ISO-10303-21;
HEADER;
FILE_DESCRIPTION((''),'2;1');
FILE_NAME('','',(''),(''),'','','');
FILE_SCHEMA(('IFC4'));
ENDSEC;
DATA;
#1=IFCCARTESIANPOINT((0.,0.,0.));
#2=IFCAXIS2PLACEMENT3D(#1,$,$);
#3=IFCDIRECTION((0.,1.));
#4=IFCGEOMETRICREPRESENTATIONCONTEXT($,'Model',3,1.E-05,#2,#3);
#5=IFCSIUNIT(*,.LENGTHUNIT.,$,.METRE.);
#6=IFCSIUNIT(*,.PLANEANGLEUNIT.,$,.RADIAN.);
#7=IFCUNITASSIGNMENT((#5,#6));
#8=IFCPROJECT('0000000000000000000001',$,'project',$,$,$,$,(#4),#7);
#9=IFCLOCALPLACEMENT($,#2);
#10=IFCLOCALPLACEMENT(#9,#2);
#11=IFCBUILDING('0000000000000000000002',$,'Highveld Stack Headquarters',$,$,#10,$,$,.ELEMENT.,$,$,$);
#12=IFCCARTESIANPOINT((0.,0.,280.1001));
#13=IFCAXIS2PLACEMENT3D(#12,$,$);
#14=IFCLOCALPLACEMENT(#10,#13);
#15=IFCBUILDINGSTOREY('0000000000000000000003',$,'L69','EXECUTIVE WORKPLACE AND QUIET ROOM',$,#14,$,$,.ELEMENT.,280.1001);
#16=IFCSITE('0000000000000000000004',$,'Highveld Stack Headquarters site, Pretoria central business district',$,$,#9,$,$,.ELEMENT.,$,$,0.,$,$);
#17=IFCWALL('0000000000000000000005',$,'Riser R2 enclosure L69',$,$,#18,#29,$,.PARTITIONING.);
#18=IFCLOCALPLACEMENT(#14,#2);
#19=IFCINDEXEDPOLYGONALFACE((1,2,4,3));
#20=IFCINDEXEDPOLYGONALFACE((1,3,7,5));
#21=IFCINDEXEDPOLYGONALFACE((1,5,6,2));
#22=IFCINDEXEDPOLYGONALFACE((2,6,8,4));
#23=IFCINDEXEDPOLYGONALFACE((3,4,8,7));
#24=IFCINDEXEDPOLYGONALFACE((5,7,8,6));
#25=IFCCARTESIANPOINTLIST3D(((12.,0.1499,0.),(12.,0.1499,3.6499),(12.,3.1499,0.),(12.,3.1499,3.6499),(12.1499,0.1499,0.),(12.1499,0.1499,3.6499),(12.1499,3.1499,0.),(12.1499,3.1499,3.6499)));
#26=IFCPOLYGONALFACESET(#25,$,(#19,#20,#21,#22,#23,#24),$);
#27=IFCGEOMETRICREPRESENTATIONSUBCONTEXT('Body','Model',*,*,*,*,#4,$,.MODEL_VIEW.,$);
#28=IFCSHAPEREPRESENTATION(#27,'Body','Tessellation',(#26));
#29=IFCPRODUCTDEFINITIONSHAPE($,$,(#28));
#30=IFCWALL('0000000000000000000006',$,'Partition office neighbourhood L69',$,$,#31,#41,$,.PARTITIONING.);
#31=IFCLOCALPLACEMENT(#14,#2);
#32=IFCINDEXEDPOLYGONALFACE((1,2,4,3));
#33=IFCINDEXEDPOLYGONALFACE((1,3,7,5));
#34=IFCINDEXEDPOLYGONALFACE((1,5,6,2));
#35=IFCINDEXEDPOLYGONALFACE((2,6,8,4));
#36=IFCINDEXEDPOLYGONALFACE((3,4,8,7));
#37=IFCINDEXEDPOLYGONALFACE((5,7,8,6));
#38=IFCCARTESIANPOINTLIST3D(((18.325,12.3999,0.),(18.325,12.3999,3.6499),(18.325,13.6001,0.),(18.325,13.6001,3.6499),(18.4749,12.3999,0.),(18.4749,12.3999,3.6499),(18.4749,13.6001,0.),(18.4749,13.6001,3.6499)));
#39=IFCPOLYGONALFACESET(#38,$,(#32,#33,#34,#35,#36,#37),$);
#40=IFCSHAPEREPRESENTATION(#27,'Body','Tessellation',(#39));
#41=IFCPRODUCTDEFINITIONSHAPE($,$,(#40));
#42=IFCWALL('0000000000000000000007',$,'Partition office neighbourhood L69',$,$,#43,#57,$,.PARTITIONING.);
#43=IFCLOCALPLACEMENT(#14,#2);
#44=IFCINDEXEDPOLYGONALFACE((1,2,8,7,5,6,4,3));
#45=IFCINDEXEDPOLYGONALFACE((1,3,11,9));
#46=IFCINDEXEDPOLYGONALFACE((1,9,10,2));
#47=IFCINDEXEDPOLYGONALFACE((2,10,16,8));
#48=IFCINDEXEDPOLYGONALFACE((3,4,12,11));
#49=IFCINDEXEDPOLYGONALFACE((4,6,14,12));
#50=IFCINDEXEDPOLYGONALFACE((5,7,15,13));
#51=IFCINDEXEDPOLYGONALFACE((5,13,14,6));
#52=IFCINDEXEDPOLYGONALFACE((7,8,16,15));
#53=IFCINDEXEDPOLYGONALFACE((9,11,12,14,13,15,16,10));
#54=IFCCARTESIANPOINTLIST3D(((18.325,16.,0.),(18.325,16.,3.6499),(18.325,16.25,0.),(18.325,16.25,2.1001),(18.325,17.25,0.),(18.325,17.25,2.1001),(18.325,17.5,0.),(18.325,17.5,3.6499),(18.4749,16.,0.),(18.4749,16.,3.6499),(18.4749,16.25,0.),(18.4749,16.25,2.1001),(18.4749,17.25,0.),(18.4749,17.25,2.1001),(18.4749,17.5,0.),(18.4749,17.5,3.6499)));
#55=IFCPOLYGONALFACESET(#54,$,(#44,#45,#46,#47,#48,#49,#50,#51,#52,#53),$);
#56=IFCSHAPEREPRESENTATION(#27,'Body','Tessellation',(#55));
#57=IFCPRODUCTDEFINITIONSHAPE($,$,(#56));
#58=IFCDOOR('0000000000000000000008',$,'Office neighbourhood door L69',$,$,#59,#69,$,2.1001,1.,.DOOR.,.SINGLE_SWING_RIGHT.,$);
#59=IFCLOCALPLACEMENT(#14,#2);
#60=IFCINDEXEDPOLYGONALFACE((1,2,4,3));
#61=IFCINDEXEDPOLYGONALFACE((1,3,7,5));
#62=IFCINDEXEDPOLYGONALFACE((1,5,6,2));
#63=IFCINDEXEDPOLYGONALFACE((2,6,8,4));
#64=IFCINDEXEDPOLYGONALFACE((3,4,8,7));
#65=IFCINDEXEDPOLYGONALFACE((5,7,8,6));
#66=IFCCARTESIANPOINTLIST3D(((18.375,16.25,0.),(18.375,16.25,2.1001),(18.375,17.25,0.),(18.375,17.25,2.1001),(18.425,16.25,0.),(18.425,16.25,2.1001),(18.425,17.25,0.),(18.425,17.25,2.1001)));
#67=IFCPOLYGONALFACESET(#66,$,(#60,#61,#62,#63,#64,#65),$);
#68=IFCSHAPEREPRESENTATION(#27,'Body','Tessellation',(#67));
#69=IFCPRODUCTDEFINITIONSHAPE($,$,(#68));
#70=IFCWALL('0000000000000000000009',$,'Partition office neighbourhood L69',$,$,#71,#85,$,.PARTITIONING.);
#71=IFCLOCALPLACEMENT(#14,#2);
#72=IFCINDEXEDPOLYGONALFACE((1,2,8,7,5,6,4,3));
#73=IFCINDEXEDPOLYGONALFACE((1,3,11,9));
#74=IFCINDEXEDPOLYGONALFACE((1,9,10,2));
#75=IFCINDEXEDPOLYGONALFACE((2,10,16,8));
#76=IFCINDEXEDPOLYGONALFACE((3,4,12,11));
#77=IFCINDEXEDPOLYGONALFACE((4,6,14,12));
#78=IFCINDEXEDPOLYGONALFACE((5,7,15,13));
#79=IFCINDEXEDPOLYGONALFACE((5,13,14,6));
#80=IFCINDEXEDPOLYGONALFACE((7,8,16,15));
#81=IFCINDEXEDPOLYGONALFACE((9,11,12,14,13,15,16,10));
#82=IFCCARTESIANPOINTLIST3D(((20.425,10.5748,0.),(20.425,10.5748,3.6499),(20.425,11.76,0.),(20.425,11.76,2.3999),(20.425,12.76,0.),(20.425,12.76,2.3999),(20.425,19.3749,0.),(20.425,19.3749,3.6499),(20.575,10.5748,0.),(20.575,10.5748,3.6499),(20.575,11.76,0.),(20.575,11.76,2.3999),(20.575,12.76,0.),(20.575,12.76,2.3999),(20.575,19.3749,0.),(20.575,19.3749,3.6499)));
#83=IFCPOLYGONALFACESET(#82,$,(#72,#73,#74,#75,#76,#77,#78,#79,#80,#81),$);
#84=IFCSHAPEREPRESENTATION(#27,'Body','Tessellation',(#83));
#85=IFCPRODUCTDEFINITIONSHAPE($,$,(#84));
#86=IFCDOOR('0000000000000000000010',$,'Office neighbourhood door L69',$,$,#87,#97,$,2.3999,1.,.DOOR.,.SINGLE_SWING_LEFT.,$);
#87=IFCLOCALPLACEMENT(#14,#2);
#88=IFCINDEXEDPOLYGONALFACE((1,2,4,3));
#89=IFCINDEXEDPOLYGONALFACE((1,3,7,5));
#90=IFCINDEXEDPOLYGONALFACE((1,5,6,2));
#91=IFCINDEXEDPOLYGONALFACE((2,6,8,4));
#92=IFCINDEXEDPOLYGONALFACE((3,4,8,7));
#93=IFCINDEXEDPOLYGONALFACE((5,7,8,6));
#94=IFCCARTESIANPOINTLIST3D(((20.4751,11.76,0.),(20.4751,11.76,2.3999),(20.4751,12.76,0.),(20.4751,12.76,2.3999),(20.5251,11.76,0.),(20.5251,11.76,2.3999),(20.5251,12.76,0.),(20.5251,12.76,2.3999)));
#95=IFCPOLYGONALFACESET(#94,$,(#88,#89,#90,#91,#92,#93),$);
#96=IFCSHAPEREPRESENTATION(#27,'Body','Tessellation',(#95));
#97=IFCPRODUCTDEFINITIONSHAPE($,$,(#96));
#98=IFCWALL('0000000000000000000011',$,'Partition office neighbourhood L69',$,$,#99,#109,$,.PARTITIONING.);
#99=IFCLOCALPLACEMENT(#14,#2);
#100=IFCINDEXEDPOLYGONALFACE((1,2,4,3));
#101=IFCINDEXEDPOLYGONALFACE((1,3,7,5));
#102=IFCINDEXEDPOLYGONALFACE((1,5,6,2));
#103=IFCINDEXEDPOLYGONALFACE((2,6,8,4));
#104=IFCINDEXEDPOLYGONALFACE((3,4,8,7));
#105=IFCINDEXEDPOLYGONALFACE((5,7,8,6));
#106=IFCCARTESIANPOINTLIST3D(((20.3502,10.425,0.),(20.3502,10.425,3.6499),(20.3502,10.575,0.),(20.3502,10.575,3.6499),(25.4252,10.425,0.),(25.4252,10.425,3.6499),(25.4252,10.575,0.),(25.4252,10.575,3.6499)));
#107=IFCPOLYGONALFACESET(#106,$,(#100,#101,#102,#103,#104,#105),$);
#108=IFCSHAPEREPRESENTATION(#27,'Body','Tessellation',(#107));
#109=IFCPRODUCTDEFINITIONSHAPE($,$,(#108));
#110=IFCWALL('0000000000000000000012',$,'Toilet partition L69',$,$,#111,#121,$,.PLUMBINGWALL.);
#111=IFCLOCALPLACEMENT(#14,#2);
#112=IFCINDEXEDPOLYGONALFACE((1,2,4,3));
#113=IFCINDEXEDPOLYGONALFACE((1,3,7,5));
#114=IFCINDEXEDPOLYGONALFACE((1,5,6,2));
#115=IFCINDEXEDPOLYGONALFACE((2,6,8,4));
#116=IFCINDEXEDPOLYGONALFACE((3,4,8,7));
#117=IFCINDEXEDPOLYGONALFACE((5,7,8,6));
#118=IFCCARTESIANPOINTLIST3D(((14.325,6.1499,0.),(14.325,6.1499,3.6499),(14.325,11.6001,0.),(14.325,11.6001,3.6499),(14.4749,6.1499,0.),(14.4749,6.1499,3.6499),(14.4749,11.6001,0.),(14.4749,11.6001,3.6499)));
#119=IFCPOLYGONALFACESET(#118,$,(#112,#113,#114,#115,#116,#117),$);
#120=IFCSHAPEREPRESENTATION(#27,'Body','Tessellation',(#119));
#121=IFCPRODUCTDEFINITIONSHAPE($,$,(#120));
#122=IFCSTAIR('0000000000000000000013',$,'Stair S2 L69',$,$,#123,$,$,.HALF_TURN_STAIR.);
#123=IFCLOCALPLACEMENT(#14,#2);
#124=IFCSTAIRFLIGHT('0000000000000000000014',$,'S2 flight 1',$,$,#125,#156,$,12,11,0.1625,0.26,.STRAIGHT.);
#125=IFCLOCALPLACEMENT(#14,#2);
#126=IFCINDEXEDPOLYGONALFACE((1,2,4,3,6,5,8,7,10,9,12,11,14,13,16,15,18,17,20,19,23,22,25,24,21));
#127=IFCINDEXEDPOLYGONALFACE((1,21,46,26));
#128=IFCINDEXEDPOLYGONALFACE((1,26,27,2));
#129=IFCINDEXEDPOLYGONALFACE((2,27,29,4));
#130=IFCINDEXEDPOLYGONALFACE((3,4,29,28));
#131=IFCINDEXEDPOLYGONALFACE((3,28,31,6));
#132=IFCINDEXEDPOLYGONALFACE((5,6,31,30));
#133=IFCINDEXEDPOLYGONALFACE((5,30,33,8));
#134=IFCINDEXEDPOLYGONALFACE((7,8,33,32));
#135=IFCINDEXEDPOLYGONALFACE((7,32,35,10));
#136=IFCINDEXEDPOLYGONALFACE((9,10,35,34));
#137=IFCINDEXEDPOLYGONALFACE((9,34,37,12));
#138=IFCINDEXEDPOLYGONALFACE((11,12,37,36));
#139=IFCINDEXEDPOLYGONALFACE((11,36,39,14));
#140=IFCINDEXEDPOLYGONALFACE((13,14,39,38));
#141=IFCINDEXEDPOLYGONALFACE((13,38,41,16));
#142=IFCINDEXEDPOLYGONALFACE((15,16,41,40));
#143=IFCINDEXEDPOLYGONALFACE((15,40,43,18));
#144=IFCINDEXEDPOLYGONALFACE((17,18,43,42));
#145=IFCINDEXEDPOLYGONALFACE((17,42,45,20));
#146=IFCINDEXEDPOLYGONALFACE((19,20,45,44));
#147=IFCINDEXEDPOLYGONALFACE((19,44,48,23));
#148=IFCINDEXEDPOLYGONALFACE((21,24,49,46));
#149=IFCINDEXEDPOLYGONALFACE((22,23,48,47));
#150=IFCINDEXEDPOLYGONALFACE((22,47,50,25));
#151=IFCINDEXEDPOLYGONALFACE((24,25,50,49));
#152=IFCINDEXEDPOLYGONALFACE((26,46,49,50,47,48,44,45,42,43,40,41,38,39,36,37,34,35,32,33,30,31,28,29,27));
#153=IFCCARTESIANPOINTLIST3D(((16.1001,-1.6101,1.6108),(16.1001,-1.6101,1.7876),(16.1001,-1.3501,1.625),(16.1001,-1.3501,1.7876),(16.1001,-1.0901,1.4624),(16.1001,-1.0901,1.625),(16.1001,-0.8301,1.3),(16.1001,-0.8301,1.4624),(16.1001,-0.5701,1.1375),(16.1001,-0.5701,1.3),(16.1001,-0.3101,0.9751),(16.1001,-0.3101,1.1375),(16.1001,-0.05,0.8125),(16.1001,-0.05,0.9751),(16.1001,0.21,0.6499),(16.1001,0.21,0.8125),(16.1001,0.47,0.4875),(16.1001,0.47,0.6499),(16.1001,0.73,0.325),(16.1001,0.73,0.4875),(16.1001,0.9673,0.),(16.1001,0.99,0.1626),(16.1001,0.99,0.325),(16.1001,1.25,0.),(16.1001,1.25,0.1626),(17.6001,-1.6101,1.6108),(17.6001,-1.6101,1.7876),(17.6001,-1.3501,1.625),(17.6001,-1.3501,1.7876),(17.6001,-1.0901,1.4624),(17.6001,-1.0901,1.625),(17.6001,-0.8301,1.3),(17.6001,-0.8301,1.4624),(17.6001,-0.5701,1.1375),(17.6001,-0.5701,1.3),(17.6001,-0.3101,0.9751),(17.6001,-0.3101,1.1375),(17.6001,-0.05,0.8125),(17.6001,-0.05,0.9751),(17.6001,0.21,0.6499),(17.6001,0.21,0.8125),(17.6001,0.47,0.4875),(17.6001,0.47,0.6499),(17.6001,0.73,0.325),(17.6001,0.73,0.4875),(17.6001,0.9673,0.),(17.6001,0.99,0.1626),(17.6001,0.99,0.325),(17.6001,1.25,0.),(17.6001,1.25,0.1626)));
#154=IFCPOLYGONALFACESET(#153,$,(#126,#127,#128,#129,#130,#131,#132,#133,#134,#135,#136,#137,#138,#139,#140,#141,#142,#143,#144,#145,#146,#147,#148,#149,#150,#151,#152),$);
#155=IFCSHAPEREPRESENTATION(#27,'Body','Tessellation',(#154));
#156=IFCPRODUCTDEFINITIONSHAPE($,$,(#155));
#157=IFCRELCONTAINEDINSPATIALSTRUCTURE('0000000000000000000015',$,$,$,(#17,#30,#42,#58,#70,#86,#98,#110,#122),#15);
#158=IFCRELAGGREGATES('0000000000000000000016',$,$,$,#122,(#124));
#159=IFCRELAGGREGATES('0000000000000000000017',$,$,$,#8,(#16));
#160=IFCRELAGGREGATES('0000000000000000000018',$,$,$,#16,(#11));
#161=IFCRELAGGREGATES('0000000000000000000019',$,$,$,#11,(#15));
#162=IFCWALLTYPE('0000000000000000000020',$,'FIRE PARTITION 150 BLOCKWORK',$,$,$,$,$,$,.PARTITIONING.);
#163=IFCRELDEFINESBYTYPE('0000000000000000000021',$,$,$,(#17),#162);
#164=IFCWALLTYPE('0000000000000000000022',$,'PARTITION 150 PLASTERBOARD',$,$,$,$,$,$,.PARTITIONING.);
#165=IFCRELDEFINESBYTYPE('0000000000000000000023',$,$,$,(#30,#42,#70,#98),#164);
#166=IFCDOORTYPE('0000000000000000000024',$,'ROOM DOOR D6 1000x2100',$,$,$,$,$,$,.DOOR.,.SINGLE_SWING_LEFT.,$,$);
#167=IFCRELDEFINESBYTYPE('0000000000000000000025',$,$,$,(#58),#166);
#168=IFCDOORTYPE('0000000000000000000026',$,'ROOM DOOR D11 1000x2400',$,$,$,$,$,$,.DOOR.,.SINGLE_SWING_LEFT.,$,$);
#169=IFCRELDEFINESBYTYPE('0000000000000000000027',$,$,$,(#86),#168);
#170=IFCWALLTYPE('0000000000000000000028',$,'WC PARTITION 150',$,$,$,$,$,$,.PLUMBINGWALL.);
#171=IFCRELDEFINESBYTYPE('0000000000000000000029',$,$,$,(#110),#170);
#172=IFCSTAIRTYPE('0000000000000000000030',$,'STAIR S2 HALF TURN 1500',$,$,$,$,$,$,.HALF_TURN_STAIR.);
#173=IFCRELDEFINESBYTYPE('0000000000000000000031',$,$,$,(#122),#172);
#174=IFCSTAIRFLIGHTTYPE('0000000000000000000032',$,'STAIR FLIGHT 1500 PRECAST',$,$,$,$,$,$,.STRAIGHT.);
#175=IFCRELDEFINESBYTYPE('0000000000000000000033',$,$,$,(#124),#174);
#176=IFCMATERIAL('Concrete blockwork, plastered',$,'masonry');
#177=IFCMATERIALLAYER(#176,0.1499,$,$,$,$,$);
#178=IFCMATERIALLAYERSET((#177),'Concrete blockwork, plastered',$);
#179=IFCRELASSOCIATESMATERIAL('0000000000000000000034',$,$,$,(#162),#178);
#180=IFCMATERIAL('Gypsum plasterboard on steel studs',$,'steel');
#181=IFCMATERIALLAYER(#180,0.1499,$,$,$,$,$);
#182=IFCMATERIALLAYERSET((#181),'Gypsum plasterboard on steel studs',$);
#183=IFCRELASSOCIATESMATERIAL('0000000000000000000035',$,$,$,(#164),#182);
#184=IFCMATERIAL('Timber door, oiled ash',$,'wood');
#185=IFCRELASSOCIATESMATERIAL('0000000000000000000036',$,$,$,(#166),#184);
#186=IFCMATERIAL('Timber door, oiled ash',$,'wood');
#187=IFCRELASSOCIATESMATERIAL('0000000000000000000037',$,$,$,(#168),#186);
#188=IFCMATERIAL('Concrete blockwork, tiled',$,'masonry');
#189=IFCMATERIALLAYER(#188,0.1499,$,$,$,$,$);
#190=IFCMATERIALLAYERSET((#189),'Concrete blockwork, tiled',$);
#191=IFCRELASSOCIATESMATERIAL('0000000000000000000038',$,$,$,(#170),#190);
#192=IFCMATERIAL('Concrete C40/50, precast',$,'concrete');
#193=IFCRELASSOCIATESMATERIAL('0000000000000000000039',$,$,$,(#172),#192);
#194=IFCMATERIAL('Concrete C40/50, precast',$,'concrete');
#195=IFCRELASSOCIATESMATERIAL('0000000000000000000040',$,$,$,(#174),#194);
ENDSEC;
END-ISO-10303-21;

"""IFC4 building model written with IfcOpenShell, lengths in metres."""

from ifc_helpers import new_model, si_unit, direction, frame, frame_2d, origin, place, context, subcontext, project, spatial, polyline, rectangle, outline, extrude, material, layer, layer_set, type_object, element, fill, aggregate, save


model = new_model("IFC4")

# Units and contexts
model_context = context("Model", 3, precision=1e-05, world=origin(), true_north=direction((0.0, 1.0)))
body_context = subcontext(model_context, "Body", "Model", "MODEL_VIEW")
ifc_project = project(units=[si_unit("LENGTHUNIT", "METRE"), si_unit("PLANEANGLEUNIT", "RADIAN")], contexts=[model_context])

# Site, building, storey
site_placement = place(None, origin())
site = spatial("IfcSite", under=ifc_project, at=site_placement, Name="Highveld Stack Headquarters site, Pretoria central business district", CompositionType="ELEMENT", RefElevation=0.0)
building_placement = place(site_placement, origin())
building = spatial("IfcBuilding", under=site, at=building_placement, Name="Highveld Stack Headquarters", CompositionType="ELEMENT")
storey_placement = place(building_placement, frame((0.0, 0.0, 280.1001)))
storey = spatial("IfcBuildingStorey", under=building, at=storey_placement, Name="L69", Description="EXECUTIVE WORKPLACE AND QUIET ROOM", CompositionType="ELEMENT", Elevation=280.1001)

# Walls
ifc_material_1 = material(Name="Concrete blockwork, plastered", Category="masonry")
ifc_layer_1 = layer(ifc_material_1, 0.1499)
ifc_layer_set_1 = layer_set([ifc_layer_1], Name="Concrete blockwork, plastered")
wall_type_1 = type_object("IfcWallType", Name="FIRE PARTITION 150 BLOCKWORK", PredefinedType="PARTITIONING", material=ifc_layer_set_1)
wall_1_placement = place(storey_placement, frame((12.075, 0.1499, 0.0), z_axis=(0.0, 0.0, 1.0), x_axis=(0.0, 1.0, 0.0)))
element("IfcWall", 1, at=wall_1_placement, inside=storey, type_object=wall_type_1, Name="Riser R2 enclosure L69", PredefinedType="PARTITIONING", context=body_context, shape_type="SweptSolid", body=[
    extrude(rectangle(XDim=3.0, YDim=0.1499, at=frame_2d((1.5, 0.0))), origin(), (0.0, 0.0, 1.0), 3.6499),
])
ifc_material_2 = material(Name="Gypsum plasterboard on steel studs", Category="steel")
ifc_layer_2 = layer(ifc_material_2, 0.1499)
ifc_layer_set_2 = layer_set([ifc_layer_2], Name="Gypsum plasterboard on steel studs")
wall_type_2 = type_object("IfcWallType", Name="PARTITION 150 PLASTERBOARD", PredefinedType="PARTITIONING", material=ifc_layer_set_2)
wall_2_placement = place(storey_placement, frame((18.3999, 12.3999, 0.0), z_axis=(0.0, 0.0, 1.0), x_axis=(0.0, 1.0, 0.0)))
element("IfcWall", 2, at=wall_2_placement, inside=storey, type_object=wall_type_2, Name="Partition office neighbourhood L69", PredefinedType="PARTITIONING", context=body_context, shape_type="SweptSolid", body=[
    extrude(rectangle(XDim=1.2002, YDim=0.1499, at=frame_2d((0.6001, 0.0))), origin(), (0.0, 0.0, 1.0), 3.6499),
])

# Walls, openings, doors
wall_3_placement = place(storey_placement, frame((18.3999, 16.0, 0.0), z_axis=(0.0, 0.0, 1.0), x_axis=(0.0, 1.0, 0.0)))
wall_3 = element("IfcWall", 3, at=wall_3_placement, inside=storey, type_object=wall_type_2, Name="Partition office neighbourhood L69", PredefinedType="PARTITIONING", context=body_context, shape_type="SweptSolid", body=[
    extrude(rectangle(XDim=1.5, YDim=0.1499, at=frame_2d((0.75, 0.0))), origin(), (0.0, 0.0, 1.0), 3.6499),
])
opening_1_placement = place(wall_3_placement, frame((0.25, 0.0, 0.0)))
opening_1 = element("IfcOpeningElement", 4, at=opening_1_placement, cuts=wall_3, PredefinedType="OPENING", context=body_context, shape_type="SweptSolid", body=[
    extrude(rectangle(XDim=1.0, YDim=2.1001, at=frame_2d((0.5, 1.05))), frame((0.0, 0.085, 0.0), z_axis=(0.0, -1.0, 0.0), x_axis=(1.0, 0.0, 0.0)), (0.0, 0.0, 1.0), 0.1699),
])
ifc_material_3 = material(Name="Timber door, oiled ash", Category="wood")
door_type_1 = type_object("IfcDoorType", Name="ROOM DOOR D6 1000x2100", OperationType="SINGLE_SWING_LEFT", PredefinedType="DOOR", material=ifc_material_3)
door_1_placement = place(opening_1_placement, origin())
door_1 = element("IfcDoor", 5, at=door_1_placement, inside=storey, type_object=door_type_1, Name="Office neighbourhood door L69", OperationType="SINGLE_SWING_RIGHT", OverallHeight=2.1001, OverallWidth=1.0, PredefinedType="DOOR", context=body_context, shape_type="SweptSolid", body=[
    extrude(rectangle(XDim=1.0, YDim=2.1001, at=frame_2d((0.5, 1.05))), frame((0.0, 0.0249, 0.0), z_axis=(0.0, -1.0, 0.0), x_axis=(1.0, 0.0, 0.0)), (0.0, 0.0, 1.0), 0.05),
])
fill(opening_1, door_1)
wall_4_placement = place(storey_placement, frame((20.5, 10.575, 0.0), z_axis=(0.0, 0.0, 1.0), x_axis=(0.0, 1.0, 0.0)))
wall_4 = element("IfcWall", 6, at=wall_4_placement, inside=storey, type_object=wall_type_2, Name="Partition office neighbourhood L69", PredefinedType="PARTITIONING", context=body_context, shape_type="SweptSolid", body=[
    extrude(rectangle(XDim=8.8, YDim=0.1499, at=frame_2d((4.3999, 0.0))), origin(), (0.0, 0.0, 1.0), 3.6499),
])
opening_2_placement = place(wall_4_placement, frame((1.1851, 0.0, 0.0)))
opening_2 = element("IfcOpeningElement", 7, at=opening_2_placement, cuts=wall_4, PredefinedType="OPENING", context=body_context, shape_type="SweptSolid", body=[
    extrude(rectangle(XDim=1.0, YDim=2.3999, at=frame_2d((0.5, 1.2))), frame((0.0, 0.085, 0.0), z_axis=(0.0, -1.0, 0.0), x_axis=(1.0, 0.0, 0.0)), (0.0, 0.0, 1.0), 0.1699),
])
ifc_material_4 = material(Name="Timber door, oiled ash", Category="wood")
door_type_2 = type_object("IfcDoorType", Name="ROOM DOOR D11 1000x2400", OperationType="SINGLE_SWING_LEFT", PredefinedType="DOOR", material=ifc_material_4)
door_2_placement = place(opening_2_placement, origin())
door_2 = element("IfcDoor", 8, at=door_2_placement, inside=storey, type_object=door_type_2, Name="Office neighbourhood door L69", OperationType="SINGLE_SWING_LEFT", OverallHeight=2.3999, OverallWidth=1.0, PredefinedType="DOOR", context=body_context, shape_type="SweptSolid", body=[
    extrude(rectangle(XDim=1.0, YDim=2.3999, at=frame_2d((0.5, 1.2))), frame((0.0, 0.0249, 0.0), z_axis=(0.0, -1.0, 0.0), x_axis=(1.0, 0.0, 0.0)), (0.0, 0.0, 1.0), 0.05),
])
fill(opening_2, door_2)

# Walls
wall_5_placement = place(storey_placement, frame((20.3501, 10.5, 0.0), z_axis=(0.0, 0.0, 1.0), x_axis=(1.0, 0.0, 0.0)))
element("IfcWall", 9, at=wall_5_placement, inside=storey, type_object=wall_type_2, Name="Partition office neighbourhood L69", PredefinedType="PARTITIONING", context=body_context, shape_type="SweptSolid", body=[
    extrude(rectangle(XDim=5.075, YDim=0.1499, at=frame_2d((2.5376, 0.0))), origin(), (0.0, 0.0, 1.0), 3.6499),
])
ifc_material_5 = material(Name="Concrete blockwork, tiled", Category="masonry")
ifc_layer_3 = layer(ifc_material_5, 0.1499)
ifc_layer_set_3 = layer_set([ifc_layer_3], Name="Concrete blockwork, tiled")
wall_type_3 = type_object("IfcWallType", Name="WC PARTITION 150", PredefinedType="PLUMBINGWALL", material=ifc_layer_set_3)
wall_6_placement = place(storey_placement, frame((14.3999, 6.1499, 0.0), z_axis=(0.0, 0.0, 1.0), x_axis=(0.0, 1.0, 0.0)))
element("IfcWall", 10, at=wall_6_placement, inside=storey, type_object=wall_type_3, Name="Toilet partition L69", PredefinedType="PLUMBINGWALL", context=body_context, shape_type="SweptSolid", body=[
    extrude(rectangle(XDim=5.4502, YDim=0.1499, at=frame_2d((2.7251, 0.0))), origin(), (0.0, 0.0, 1.0), 3.6499),
])

# Stair, stair flight
ifc_material_6 = material(Name="Concrete C40/50, precast", Category="concrete")
stair_type = type_object("IfcStairType", Name="STAIR S2 HALF TURN 1500", PredefinedType="HALF_TURN_STAIR", material=ifc_material_6)
stair_placement = place(storey_placement, origin())
stair = element("IfcStair", 11, at=stair_placement, inside=storey, type_object=stair_type, Name="Stair S2 L69", PredefinedType="HALF_TURN_STAIR")
ifc_material_7 = material(Name="Concrete C40/50, precast", Category="concrete")
stair_flight_type = type_object("IfcStairFlightType", Name="STAIR FLIGHT 1500 PRECAST", PredefinedType="STRAIGHT", material=ifc_material_7)
stair_flight_placement = place(storey_placement, frame((16.8501, 1.25, 0.0), z_axis=(0.0, 0.0, 1.0), x_axis=(0.0, -1.0, 0.0)))
stair_flight = element("IfcStairFlight", 12, at=stair_flight_placement, type_object=stair_flight_type, Name="S2 flight 1", NumberOfRisers=12, NumberOfTreads=11, PredefinedType="STRAIGHT", RiserHeight=0.1625, TreadLength=0.26, context=body_context, shape_type="SweptSolid", body=[
    extrude(outline(polyline([(0.0, 0.0), (0.0, 0.1626), (0.26, 0.1626), (0.26, 0.325), (0.52, 0.325), (0.52, 0.4875), (0.78, 0.4875), (0.78, 0.6499), (1.04, 0.6499), (1.04, 0.8125), (1.3, 0.8125), (1.3, 0.9751), (1.5601, 0.9751), (1.5601, 1.1375), (1.8201, 1.1375), (1.8201, 1.3), (2.0801, 1.3), (2.0801, 1.4624), (2.3401, 1.4624), (2.3401, 1.625), (2.6001, 1.625), (2.6001, 1.7876), (2.8601, 1.7876), (2.8601, 1.95), (2.8601, 1.6108), (0.2827, 0.0), (0.0, 0.0)])), frame((0.0, 0.75, 0.0), z_axis=(0.0, -1.0, 0.0), x_axis=(1.0, 0.0, 0.0)), (0.0, 0.0, 1.0), 1.5),
])
aggregate(stair, [stair_flight])

save(model, "model.ifc")
